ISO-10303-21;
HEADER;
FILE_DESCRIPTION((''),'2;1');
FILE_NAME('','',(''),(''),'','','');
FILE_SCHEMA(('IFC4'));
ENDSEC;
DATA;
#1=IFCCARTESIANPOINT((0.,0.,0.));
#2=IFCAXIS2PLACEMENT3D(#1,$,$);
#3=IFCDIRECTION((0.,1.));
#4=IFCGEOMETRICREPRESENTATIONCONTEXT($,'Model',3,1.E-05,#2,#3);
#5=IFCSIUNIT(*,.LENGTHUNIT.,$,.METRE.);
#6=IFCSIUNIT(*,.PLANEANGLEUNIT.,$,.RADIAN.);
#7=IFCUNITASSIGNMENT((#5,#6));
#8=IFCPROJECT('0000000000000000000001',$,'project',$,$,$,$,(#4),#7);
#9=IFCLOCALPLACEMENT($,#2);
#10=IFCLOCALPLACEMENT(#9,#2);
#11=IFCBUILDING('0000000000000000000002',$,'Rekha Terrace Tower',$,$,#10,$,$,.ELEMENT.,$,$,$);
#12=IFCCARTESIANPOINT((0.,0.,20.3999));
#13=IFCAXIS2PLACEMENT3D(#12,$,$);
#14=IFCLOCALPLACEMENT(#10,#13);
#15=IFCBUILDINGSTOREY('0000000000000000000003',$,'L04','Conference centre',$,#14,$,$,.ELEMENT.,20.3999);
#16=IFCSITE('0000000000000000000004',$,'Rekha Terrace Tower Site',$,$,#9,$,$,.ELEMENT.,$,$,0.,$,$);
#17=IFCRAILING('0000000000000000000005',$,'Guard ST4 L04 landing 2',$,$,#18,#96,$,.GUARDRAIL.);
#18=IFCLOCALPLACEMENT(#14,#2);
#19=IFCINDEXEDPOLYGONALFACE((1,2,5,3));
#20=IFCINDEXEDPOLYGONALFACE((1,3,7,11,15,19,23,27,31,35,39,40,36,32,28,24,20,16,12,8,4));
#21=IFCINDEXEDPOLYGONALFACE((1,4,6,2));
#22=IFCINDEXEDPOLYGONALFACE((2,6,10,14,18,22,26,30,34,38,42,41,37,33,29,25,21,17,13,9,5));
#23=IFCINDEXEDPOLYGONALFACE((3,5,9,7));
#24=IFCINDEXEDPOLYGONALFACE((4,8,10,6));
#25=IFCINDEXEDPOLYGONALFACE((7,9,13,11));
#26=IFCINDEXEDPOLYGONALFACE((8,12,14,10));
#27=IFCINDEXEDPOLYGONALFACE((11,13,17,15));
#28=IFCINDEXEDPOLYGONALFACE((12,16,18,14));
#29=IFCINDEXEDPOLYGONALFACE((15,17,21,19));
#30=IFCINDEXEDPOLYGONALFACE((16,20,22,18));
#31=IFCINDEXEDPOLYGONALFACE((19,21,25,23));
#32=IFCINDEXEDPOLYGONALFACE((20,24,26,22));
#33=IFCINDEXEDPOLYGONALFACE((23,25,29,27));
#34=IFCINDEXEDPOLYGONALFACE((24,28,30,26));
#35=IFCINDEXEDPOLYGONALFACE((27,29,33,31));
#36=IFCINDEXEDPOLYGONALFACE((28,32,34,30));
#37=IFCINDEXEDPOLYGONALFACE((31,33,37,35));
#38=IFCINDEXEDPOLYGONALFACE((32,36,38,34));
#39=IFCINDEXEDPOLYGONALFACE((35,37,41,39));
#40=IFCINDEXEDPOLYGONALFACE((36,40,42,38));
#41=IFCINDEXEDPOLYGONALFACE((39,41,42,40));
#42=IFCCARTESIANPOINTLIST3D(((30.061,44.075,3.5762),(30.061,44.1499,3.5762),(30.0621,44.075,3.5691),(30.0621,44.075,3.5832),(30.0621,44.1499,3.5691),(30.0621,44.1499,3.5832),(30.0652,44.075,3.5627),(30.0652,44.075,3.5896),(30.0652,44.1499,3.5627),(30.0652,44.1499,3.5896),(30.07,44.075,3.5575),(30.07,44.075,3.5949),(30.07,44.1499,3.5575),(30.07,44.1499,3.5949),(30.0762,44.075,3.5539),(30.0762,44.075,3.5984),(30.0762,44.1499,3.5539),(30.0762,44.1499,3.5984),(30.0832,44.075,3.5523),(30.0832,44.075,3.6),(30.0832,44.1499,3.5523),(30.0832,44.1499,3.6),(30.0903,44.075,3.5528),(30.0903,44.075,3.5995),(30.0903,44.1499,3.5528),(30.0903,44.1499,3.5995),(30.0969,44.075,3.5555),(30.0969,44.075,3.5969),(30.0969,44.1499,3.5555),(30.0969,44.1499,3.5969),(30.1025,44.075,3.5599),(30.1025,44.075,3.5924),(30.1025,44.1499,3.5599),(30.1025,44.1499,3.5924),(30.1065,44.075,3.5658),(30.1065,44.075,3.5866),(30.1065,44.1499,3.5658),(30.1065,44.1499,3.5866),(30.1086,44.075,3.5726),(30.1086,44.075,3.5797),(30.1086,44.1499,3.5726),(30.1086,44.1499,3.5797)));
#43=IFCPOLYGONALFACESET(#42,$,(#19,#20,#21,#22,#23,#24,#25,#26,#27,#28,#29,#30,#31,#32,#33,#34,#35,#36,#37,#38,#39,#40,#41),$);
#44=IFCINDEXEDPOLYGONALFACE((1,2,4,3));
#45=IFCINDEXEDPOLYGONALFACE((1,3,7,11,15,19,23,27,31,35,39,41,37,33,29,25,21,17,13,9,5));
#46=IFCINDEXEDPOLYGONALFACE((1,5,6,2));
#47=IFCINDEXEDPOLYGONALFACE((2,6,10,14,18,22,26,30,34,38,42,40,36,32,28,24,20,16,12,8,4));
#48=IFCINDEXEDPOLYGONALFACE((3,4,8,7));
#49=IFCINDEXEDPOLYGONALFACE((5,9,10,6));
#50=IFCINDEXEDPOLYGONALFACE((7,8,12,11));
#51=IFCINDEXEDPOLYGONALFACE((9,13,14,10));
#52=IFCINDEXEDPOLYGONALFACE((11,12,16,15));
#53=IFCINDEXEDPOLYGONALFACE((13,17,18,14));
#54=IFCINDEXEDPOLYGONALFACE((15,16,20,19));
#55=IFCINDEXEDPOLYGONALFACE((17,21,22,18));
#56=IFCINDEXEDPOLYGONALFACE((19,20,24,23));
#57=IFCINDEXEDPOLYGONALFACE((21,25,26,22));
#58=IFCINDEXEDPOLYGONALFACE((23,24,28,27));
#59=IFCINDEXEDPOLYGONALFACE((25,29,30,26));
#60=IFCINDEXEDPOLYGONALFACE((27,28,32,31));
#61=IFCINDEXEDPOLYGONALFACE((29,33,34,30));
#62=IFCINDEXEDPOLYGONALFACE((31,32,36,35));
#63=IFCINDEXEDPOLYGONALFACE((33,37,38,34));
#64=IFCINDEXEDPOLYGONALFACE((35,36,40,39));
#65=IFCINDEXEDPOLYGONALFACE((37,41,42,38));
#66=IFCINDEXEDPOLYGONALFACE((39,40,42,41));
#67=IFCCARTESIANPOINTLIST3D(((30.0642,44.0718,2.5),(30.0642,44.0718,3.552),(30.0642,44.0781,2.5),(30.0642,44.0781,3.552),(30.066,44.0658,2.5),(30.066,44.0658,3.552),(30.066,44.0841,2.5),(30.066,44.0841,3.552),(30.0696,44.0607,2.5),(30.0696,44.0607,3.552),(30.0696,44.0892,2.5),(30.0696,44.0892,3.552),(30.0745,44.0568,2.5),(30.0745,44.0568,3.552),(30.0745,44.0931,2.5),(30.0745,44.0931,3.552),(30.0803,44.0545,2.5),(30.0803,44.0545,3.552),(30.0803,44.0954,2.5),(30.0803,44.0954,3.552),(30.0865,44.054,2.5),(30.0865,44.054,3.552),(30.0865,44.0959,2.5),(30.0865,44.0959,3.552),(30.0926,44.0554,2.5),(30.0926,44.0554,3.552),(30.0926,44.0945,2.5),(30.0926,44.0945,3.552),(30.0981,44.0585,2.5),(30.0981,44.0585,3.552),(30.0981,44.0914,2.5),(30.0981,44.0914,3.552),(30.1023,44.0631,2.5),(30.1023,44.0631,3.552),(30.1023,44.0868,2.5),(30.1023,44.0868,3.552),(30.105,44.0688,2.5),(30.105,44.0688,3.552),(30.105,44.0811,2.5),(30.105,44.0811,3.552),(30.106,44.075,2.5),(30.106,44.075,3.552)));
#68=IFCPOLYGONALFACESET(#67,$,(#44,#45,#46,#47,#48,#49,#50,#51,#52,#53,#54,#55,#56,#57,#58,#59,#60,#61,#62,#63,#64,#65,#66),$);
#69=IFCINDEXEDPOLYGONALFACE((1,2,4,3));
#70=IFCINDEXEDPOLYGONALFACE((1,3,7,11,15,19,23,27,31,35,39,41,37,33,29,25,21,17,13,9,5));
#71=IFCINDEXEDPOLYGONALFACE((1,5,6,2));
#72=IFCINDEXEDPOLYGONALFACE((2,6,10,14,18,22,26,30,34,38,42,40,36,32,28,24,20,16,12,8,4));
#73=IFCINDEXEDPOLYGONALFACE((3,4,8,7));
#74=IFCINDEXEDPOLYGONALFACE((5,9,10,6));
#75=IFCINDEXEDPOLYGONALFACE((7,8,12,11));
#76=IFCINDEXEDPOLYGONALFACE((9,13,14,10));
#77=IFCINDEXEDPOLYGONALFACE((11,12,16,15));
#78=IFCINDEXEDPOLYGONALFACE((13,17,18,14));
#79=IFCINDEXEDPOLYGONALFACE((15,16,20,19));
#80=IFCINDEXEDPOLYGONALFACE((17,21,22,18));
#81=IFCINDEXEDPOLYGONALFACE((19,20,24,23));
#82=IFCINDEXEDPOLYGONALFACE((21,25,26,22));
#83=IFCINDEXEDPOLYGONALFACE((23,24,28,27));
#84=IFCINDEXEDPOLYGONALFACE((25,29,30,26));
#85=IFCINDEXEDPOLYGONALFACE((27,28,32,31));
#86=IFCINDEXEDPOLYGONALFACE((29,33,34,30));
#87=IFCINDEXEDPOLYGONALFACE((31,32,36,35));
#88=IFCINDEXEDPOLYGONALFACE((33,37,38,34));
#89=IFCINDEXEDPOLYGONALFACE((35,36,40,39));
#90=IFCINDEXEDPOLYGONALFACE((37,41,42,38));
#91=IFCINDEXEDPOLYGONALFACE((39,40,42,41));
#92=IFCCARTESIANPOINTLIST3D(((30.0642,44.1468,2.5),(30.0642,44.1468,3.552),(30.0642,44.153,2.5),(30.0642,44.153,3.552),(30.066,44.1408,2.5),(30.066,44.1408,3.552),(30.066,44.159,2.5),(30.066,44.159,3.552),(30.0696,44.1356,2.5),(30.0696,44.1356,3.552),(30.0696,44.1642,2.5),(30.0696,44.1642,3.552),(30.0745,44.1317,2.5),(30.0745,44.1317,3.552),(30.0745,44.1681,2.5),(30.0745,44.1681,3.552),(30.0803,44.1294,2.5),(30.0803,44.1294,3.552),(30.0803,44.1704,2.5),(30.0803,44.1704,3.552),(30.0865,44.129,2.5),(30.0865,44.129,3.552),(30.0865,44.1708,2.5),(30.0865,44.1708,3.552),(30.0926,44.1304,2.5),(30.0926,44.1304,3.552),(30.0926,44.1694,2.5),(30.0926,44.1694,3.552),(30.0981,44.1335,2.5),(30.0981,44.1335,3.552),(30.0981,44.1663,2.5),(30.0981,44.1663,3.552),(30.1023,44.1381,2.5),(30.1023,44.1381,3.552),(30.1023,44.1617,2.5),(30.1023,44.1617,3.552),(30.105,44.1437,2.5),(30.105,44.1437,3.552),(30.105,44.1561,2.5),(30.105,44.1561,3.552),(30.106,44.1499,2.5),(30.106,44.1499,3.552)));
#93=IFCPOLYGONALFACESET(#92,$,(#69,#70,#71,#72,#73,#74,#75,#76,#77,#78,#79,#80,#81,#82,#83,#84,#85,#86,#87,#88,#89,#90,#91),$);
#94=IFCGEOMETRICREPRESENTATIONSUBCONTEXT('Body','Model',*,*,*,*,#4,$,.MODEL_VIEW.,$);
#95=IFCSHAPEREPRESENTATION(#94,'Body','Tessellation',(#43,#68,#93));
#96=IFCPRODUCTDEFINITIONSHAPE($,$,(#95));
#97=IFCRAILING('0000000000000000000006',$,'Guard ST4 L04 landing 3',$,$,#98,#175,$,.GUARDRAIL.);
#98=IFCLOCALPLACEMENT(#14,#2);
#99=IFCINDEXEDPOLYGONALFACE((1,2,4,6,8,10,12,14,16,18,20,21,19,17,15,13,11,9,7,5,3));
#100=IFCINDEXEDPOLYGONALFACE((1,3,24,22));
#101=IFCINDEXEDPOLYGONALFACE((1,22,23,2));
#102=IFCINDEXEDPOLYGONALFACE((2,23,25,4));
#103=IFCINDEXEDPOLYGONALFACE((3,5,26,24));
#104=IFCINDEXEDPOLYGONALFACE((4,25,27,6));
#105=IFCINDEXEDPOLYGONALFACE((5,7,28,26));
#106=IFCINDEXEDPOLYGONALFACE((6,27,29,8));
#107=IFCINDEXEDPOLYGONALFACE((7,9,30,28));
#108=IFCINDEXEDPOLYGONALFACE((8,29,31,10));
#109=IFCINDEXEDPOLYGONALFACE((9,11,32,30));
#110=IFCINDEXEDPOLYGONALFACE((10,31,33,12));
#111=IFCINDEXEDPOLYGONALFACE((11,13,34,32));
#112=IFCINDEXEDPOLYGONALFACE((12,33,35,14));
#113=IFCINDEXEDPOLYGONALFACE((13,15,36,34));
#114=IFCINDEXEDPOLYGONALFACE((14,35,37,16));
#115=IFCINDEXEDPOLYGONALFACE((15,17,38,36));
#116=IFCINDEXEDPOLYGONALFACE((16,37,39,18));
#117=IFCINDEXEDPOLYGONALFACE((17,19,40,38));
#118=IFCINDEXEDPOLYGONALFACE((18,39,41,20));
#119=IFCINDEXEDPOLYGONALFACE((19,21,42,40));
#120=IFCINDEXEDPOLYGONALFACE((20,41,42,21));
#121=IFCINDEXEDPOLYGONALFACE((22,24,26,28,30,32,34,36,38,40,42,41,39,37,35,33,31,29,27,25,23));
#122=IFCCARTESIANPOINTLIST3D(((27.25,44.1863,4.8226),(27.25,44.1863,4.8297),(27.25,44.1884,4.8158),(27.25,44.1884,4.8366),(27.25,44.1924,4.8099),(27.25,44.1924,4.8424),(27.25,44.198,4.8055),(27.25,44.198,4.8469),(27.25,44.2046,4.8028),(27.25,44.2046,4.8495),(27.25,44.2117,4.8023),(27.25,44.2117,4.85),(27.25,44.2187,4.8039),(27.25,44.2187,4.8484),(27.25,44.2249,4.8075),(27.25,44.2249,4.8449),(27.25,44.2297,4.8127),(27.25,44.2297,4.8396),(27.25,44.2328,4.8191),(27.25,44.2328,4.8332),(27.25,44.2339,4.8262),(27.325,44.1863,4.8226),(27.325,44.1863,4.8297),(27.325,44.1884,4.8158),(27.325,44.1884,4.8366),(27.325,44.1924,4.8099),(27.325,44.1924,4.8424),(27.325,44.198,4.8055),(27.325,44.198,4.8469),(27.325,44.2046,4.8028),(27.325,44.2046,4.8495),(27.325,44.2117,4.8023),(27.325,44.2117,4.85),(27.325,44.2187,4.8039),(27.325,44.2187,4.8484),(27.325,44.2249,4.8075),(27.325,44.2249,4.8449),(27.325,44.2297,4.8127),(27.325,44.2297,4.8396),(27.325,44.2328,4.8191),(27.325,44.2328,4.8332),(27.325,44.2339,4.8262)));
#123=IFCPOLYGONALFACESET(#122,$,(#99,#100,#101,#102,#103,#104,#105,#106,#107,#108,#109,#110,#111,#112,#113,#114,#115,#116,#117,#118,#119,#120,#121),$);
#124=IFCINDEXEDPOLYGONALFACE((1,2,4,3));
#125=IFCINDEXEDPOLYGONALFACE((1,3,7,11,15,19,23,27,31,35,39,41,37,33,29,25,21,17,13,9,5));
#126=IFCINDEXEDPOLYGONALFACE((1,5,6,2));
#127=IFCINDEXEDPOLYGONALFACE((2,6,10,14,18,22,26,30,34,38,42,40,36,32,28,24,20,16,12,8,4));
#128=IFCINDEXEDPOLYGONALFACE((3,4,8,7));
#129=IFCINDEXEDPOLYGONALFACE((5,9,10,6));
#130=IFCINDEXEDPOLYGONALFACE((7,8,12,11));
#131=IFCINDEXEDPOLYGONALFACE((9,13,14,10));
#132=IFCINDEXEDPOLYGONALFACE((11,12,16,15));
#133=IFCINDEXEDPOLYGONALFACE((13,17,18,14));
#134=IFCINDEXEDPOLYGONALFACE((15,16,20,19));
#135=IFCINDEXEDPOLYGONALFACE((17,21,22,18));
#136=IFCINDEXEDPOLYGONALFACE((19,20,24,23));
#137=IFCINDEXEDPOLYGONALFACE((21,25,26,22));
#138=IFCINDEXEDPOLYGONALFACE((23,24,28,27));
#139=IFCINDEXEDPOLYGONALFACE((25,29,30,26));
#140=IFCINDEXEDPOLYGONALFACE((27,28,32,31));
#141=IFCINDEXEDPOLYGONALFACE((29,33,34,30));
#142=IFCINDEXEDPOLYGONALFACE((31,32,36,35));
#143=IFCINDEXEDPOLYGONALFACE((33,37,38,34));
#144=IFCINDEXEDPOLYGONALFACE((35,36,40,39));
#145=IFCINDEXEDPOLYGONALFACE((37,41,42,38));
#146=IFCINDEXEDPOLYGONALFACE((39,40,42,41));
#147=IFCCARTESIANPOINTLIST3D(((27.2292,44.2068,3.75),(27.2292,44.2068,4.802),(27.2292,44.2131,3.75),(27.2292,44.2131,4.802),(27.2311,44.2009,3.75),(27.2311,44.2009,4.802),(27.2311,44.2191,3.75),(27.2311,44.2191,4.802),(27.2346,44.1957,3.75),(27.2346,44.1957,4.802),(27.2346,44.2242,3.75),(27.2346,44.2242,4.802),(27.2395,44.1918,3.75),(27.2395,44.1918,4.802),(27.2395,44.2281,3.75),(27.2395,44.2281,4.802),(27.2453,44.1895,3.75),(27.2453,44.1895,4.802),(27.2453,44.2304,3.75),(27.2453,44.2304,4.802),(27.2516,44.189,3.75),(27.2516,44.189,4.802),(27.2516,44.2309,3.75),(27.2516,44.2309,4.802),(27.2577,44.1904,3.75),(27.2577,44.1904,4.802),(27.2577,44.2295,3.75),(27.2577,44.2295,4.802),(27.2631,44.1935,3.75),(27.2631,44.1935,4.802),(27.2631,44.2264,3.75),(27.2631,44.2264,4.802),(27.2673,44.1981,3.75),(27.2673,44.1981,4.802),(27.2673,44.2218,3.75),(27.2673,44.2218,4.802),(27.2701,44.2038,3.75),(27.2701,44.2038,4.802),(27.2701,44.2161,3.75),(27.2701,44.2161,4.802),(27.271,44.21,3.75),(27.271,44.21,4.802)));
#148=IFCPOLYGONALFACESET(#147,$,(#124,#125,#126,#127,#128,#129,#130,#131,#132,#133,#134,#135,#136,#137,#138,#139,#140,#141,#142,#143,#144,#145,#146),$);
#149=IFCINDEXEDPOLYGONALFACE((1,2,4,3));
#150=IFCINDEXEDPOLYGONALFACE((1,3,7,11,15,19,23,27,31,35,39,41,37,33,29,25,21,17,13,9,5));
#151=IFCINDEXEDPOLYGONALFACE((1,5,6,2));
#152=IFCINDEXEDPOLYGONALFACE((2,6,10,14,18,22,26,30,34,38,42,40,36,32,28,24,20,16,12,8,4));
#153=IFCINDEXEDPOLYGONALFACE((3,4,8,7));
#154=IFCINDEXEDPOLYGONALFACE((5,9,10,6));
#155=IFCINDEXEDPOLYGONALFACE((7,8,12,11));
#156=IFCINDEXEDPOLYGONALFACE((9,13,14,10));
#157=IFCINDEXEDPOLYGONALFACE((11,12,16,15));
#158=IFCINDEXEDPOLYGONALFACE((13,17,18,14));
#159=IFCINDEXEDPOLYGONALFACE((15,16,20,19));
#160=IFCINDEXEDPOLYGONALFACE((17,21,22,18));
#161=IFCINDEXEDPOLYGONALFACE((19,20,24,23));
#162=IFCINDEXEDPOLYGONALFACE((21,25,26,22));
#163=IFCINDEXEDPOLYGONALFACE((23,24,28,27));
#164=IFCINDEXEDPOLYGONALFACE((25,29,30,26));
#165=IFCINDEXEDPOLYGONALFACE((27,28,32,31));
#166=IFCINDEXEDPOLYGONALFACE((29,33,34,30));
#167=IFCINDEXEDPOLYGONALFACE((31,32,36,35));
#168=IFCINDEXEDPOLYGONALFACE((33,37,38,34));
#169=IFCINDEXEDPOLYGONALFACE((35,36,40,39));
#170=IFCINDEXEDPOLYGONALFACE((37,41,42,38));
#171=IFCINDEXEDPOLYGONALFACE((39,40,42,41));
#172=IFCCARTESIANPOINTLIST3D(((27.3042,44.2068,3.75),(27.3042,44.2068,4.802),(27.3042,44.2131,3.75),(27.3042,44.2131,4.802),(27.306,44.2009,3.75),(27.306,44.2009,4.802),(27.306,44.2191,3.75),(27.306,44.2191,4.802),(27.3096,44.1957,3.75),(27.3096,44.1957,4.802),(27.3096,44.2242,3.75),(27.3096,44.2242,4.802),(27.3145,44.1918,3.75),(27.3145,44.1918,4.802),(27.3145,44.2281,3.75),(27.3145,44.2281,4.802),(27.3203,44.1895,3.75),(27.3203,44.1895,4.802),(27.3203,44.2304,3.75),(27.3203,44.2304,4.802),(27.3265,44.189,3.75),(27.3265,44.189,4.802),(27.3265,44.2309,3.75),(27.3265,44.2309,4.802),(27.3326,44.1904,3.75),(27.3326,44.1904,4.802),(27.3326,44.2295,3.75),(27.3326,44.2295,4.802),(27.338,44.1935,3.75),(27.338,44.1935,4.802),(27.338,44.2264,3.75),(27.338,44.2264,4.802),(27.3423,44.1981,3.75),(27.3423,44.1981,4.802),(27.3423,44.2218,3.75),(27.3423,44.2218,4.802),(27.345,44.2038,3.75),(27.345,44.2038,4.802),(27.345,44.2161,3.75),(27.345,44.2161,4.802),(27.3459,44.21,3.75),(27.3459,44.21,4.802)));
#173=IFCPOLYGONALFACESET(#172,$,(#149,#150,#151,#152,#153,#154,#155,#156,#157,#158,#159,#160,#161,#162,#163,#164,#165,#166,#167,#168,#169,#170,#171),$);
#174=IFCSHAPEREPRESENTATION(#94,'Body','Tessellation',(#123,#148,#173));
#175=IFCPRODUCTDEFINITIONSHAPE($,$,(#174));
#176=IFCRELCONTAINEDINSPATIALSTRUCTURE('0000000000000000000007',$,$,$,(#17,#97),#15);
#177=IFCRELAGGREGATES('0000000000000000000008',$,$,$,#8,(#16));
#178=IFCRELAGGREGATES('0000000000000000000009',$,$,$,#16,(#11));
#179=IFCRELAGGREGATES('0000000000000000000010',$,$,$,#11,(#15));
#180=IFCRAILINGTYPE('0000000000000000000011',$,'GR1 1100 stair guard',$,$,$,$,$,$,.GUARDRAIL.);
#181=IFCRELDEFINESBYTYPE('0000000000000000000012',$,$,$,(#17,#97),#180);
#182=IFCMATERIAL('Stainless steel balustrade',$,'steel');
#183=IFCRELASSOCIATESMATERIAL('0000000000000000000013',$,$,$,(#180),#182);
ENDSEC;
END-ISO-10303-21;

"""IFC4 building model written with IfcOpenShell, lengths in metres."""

from ifc_helpers import new_model, si_unit, direction, frame, origin, origin_2d, place, context, subcontext, project, spatial, circle, extrude, material, type_object, element, save


model = new_model("IFC4")

# Units and contexts
model_context = context("Model", 3, precision=1e-05, world=origin(), true_north=direction((0.0, 1.0)))
body_context = subcontext(model_context, "Body", "Model", "MODEL_VIEW")
ifc_project = project(units=[si_unit("LENGTHUNIT", "METRE"), si_unit("PLANEANGLEUNIT", "RADIAN")], contexts=[model_context])

# Site, building, storey
site_placement = place(None, origin())
site = spatial("IfcSite", under=ifc_project, at=site_placement, Name="Rekha Terrace Tower Site", CompositionType="ELEMENT", RefElevation=0.0)
building_placement = place(site_placement, origin())
building = spatial("IfcBuilding", under=site, at=building_placement, Name="Rekha Terrace Tower", CompositionType="ELEMENT")
storey_placement = place(building_placement, frame((0.0, 0.0, 20.3999)))
storey = spatial("IfcBuildingStorey", under=building, at=storey_placement, Name="L04", Description="Conference centre", CompositionType="ELEMENT", Elevation=20.3999)

# Railings
ifc_material_1 = material(Name="Stainless steel balustrade", Category="steel")
railing_type_1 = type_object("IfcRailingType", Name="GR1 1100 stair guard", PredefinedType="GUARDRAIL", material=ifc_material_1)
railing_1_placement = place(storey_placement, frame((30.085, 44.075, 2.5)))
element("IfcRailing", 1, at=railing_1_placement, inside=storey, type_object=railing_type_1, Name="Guard ST4 L04 landing 2", PredefinedType="GUARDRAIL", context=body_context, shape_type="SweptSolid", body=[
    extrude(circle(Radius=0.0239, at=origin_2d()), frame((0.0, 0.0, 1.0762), z_axis=(0.0, 1.0, 0.0), x_axis=(-1.0, 0.0, 0.0)), (0.0, 0.0, 1.0), 0.075),
    extrude(circle(Radius=0.021, at=origin_2d()), origin(), (0.0, 0.0, 1.0), 1.052),
    extrude(circle(Radius=0.021, at=origin_2d()), frame((0.0, 0.075, 0.0)), (0.0, 0.0, 1.0), 1.052),
])
railing_2_placement = place(storey_placement, frame((27.25, 44.21, 3.75)))
element("IfcRailing", 2, at=railing_2_placement, inside=storey, type_object=railing_type_1, Name="Guard ST4 L04 landing 3", PredefinedType="GUARDRAIL", context=body_context, shape_type="SweptSolid", body=[
    extrude(circle(Radius=0.0239, at=origin_2d()), frame((0.0, 0.0, 1.0762), z_axis=(1.0, 0.0, 0.0), x_axis=(0.0, 1.0, 0.0)), (0.0, 0.0, 1.0), 0.075),
    extrude(circle(Radius=0.021, at=origin_2d()), origin(), (0.0, 0.0, 1.0), 1.052),
    extrude(circle(Radius=0.021, at=origin_2d()), frame((0.075, 0.0, 0.0)), (0.0, 0.0, 1.0), 1.052),
])

save(model, "model.ifc")
